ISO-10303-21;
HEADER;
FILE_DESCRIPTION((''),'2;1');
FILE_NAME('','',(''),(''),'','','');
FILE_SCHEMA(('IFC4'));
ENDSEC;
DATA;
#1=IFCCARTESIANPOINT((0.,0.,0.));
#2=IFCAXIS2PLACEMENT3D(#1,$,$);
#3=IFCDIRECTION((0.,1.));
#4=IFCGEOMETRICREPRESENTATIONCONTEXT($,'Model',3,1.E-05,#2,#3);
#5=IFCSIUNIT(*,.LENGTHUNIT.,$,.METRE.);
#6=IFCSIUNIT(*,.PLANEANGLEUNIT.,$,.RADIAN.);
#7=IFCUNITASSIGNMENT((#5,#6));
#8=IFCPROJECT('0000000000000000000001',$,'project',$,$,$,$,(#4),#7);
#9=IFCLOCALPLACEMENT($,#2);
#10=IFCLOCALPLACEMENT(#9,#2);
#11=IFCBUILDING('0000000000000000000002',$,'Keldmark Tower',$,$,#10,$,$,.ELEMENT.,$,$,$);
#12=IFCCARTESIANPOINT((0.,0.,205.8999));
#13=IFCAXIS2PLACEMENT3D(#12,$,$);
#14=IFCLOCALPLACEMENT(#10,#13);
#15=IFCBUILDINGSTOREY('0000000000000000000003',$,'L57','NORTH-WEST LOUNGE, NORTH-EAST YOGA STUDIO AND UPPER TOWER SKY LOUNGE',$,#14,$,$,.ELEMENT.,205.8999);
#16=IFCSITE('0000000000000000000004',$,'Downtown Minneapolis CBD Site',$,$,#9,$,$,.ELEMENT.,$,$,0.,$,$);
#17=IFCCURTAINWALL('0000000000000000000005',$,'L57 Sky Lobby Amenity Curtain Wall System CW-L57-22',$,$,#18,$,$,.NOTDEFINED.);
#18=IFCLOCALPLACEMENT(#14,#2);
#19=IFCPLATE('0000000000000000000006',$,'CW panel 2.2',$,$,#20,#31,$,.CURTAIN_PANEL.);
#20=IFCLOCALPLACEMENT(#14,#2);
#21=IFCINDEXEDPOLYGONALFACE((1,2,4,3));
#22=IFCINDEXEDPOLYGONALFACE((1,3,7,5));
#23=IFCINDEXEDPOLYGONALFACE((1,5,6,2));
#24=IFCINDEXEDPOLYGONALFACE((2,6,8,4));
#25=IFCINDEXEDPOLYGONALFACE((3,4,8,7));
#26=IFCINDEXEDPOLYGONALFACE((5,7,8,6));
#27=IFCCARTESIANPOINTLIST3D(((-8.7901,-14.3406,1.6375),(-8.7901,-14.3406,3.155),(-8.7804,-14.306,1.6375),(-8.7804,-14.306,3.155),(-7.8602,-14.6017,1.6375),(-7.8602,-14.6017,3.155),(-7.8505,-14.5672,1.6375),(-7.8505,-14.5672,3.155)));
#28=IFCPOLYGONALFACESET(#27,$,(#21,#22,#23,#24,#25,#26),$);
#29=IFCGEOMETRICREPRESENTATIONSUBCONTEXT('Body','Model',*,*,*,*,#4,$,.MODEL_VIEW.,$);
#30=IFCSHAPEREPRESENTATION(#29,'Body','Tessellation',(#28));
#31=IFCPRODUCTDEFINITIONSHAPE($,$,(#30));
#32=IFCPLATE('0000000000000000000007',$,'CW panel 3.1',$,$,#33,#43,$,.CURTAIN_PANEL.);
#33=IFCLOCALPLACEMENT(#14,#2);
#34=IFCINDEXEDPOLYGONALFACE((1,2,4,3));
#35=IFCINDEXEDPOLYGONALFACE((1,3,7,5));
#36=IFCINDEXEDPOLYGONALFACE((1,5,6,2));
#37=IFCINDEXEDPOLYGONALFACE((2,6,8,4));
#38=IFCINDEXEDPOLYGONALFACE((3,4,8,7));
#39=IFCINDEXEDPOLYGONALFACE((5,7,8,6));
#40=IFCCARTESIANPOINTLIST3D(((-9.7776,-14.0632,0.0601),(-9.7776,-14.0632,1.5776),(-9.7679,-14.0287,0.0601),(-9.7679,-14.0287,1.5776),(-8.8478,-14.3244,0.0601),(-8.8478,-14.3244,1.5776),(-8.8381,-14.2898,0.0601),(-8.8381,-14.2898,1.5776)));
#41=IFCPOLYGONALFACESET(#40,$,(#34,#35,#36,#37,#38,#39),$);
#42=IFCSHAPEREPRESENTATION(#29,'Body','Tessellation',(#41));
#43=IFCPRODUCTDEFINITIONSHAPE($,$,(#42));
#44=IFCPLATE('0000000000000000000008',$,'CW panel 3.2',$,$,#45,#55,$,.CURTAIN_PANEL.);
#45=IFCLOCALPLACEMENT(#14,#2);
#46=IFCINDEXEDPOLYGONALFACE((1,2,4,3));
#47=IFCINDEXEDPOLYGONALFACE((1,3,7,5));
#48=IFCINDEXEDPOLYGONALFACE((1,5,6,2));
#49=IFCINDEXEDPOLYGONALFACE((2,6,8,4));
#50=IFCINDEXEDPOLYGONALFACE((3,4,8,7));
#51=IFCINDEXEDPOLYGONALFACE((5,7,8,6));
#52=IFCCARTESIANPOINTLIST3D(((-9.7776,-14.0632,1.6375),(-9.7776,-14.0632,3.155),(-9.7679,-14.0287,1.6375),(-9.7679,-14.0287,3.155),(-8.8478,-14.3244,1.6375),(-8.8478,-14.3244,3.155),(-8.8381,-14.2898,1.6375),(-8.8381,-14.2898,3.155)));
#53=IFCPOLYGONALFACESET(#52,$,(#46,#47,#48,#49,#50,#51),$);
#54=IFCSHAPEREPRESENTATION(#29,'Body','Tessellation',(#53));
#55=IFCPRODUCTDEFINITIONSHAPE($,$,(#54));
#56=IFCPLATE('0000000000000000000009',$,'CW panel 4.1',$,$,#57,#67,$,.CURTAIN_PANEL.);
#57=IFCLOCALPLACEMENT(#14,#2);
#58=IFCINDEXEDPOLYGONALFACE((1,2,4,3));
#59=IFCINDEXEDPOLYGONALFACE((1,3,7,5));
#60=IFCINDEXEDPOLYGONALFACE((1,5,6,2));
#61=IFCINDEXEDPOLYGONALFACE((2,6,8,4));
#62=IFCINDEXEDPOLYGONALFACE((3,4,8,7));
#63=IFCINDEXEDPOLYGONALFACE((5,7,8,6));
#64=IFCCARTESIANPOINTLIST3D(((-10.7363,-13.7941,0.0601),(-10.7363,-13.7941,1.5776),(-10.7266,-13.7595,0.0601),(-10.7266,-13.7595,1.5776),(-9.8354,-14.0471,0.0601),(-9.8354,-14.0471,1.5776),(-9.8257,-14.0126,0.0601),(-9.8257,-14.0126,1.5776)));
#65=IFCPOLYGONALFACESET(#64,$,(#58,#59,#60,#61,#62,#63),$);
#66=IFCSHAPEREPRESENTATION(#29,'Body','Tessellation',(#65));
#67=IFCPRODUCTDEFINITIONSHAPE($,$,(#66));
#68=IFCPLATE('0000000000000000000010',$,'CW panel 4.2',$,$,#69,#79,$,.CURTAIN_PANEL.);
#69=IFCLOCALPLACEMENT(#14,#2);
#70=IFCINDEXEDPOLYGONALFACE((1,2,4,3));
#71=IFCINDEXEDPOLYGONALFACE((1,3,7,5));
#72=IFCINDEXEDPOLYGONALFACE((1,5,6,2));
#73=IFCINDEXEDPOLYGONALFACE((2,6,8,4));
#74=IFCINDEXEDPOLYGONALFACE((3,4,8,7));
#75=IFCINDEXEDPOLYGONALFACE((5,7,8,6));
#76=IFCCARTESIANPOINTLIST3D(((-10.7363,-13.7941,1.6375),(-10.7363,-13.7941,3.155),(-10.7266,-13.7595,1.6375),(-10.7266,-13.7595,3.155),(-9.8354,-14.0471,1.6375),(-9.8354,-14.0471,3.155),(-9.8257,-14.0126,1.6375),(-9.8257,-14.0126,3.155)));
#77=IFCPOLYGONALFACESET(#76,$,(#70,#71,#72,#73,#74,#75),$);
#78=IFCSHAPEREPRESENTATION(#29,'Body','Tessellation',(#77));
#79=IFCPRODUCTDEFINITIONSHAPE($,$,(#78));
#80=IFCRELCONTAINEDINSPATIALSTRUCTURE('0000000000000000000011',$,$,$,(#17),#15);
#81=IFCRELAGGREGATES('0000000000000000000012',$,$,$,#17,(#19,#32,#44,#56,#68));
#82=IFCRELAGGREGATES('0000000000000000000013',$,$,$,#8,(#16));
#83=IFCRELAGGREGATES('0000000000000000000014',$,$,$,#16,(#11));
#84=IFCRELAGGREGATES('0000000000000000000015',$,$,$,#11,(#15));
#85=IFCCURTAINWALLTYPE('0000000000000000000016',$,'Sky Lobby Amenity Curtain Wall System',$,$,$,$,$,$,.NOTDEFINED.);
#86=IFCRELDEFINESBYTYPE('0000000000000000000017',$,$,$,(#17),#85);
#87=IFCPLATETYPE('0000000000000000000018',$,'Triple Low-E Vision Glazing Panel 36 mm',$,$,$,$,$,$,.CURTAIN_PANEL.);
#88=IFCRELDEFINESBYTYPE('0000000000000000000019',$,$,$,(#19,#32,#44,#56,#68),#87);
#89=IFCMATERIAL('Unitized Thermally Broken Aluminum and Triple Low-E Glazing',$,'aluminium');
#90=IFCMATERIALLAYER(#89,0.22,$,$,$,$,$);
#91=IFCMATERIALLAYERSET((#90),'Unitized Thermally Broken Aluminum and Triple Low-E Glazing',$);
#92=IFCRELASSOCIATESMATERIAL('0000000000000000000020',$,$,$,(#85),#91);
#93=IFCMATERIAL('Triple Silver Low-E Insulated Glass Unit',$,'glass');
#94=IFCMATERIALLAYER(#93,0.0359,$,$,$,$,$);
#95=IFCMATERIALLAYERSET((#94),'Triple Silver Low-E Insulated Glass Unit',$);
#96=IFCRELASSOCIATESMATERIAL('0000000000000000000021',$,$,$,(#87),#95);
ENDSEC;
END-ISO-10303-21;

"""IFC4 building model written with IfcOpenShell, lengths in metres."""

from ifc_helpers import new_model, si_unit, direction, frame, origin, origin_2d, place, context, subcontext, project, spatial, rectangle, extrude, material, layer, layer_set, type_object, element, aggregate, save


model = new_model("IFC4")

# Units and contexts
model_context = context("Model", 3, precision=1e-05, world=origin(), true_north=direction((0.0, 1.0)))
body_context = subcontext(model_context, "Body", "Model", "MODEL_VIEW")
ifc_project = project(units=[si_unit("LENGTHUNIT", "METRE"), si_unit("PLANEANGLEUNIT", "RADIAN")], contexts=[model_context])

# Site, building, storey
site_placement = place(None, origin())
site = spatial("IfcSite", under=ifc_project, at=site_placement, Name="Downtown Minneapolis CBD Site", CompositionType="ELEMENT", RefElevation=0.0)
building_placement = place(site_placement, origin())
building = spatial("IfcBuilding", under=site, at=building_placement, Name="Keldmark Tower", CompositionType="ELEMENT")
storey_placement = place(building_placement, frame((0.0, 0.0, 205.8999)))
storey = spatial("IfcBuildingStorey", under=building, at=storey_placement, Name="L57", Description="NORTH-WEST LOUNGE, NORTH-EAST YOGA STUDIO AND UPPER TOWER SKY LOUNGE", CompositionType="ELEMENT", Elevation=205.8999)

# Curtain wall
ifc_material_1 = material(Name="Unitized Thermally Broken Aluminum and Triple Low-E Glazing", Category="aluminium")
ifc_layer_1 = layer(ifc_material_1, 0.22)
ifc_layer_set_1 = layer_set([ifc_layer_1], Name="Unitized Thermally Broken Aluminum and Triple Low-E Glazing")
curtain_wall_type = type_object("IfcCurtainWallType", Name="Sky Lobby Amenity Curtain Wall System", PredefinedType="NOTDEFINED", material=ifc_layer_set_1)
curtain_wall_placement = place(storey_placement, origin())
curtain_wall = element("IfcCurtainWall", 1, at=curtain_wall_placement, inside=storey, type_object=curtain_wall_type, Name="L57 Sky Lobby Amenity Curtain Wall System CW-L57-22", PredefinedType="NOTDEFINED")

# Plates
ifc_material_2 = material(Name="Triple Silver Low-E Insulated Glass Unit", Category="glass")
ifc_layer_2 = layer(ifc_material_2, 0.0359)
ifc_layer_set_2 = layer_set([ifc_layer_2], Name="Triple Silver Low-E Insulated Glass Unit")
plate_type_1 = type_object("IfcPlateType", Name="Triple Low-E Vision Glazing Panel 36 mm", PredefinedType="CURTAIN_PANEL", material=ifc_layer_set_2)
plate_1_placement = place(storey_placement, frame((-8.3203, -14.4539, 1.6375), z_axis=(0.0, 0.0, 1.0), x_axis=(-0.962748, 0.270402, 0.0)))
plate_1 = element("IfcPlate", 2, at=plate_1_placement, type_object=plate_type_1, Name="CW panel 2.2", PredefinedType="CURTAIN_PANEL", context=body_context, shape_type="SweptSolid", body=[
    extrude(rectangle(XDim=0.9658, YDim=0.0359, at=origin_2d()), origin(), (0.0, 0.0, 1.0), 1.5176),
])
plate_2_placement = place(storey_placement, frame((-9.3079, -14.1765, 0.0601), z_axis=(0.0, 0.0, 1.0), x_axis=(-0.962748, 0.270402, 0.0)))
plate_2 = element("IfcPlate", 3, at=plate_2_placement, type_object=plate_type_1, Name="CW panel 3.1", PredefinedType="CURTAIN_PANEL", context=body_context, shape_type="SweptSolid", body=[
    extrude(rectangle(XDim=0.9658, YDim=0.0359, at=origin_2d()), origin(), (0.0, 0.0, 1.0), 1.5176),
])
plate_3_placement = place(storey_placement, frame((-9.3079, -14.1765, 1.6375), z_axis=(0.0, 0.0, 1.0), x_axis=(-0.962748, 0.270402, 0.0)))
plate_3 = element("IfcPlate", 4, at=plate_3_placement, type_object=plate_type_1, Name="CW panel 3.2", PredefinedType="CURTAIN_PANEL", context=body_context, shape_type="SweptSolid", body=[
    extrude(rectangle(XDim=0.9658, YDim=0.0359, at=origin_2d()), origin(), (0.0, 0.0, 1.0), 1.5176),
])
plate_4_placement = place(storey_placement, frame((-10.281, -13.9033, 0.0601), z_axis=(0.0, 0.0, 1.0), x_axis=(-0.962748, 0.270402, 0.0)))
plate_4 = element("IfcPlate", 5, at=plate_4_placement, type_object=plate_type_1, Name="CW panel 4.1", PredefinedType="CURTAIN_PANEL", context=body_context, shape_type="SweptSolid", body=[
    extrude(rectangle(XDim=0.9358, YDim=0.0359, at=origin_2d()), origin(), (0.0, 0.0, 1.0), 1.5176),
])
plate_5_placement = place(storey_placement, frame((-10.281, -13.9033, 1.6375), z_axis=(0.0, 0.0, 1.0), x_axis=(-0.962748, 0.270402, 0.0)))
plate_5 = element("IfcPlate", 6, at=plate_5_placement, type_object=plate_type_1, Name="CW panel 4.2", PredefinedType="CURTAIN_PANEL", context=body_context, shape_type="SweptSolid", body=[
    extrude(rectangle(XDim=0.9358, YDim=0.0359, at=origin_2d()), origin(), (0.0, 0.0, 1.0), 1.5176),
])
aggregate(curtain_wall, [plate_1, plate_2, plate_3, plate_4, plate_5])

save(model, "model.ifc")
